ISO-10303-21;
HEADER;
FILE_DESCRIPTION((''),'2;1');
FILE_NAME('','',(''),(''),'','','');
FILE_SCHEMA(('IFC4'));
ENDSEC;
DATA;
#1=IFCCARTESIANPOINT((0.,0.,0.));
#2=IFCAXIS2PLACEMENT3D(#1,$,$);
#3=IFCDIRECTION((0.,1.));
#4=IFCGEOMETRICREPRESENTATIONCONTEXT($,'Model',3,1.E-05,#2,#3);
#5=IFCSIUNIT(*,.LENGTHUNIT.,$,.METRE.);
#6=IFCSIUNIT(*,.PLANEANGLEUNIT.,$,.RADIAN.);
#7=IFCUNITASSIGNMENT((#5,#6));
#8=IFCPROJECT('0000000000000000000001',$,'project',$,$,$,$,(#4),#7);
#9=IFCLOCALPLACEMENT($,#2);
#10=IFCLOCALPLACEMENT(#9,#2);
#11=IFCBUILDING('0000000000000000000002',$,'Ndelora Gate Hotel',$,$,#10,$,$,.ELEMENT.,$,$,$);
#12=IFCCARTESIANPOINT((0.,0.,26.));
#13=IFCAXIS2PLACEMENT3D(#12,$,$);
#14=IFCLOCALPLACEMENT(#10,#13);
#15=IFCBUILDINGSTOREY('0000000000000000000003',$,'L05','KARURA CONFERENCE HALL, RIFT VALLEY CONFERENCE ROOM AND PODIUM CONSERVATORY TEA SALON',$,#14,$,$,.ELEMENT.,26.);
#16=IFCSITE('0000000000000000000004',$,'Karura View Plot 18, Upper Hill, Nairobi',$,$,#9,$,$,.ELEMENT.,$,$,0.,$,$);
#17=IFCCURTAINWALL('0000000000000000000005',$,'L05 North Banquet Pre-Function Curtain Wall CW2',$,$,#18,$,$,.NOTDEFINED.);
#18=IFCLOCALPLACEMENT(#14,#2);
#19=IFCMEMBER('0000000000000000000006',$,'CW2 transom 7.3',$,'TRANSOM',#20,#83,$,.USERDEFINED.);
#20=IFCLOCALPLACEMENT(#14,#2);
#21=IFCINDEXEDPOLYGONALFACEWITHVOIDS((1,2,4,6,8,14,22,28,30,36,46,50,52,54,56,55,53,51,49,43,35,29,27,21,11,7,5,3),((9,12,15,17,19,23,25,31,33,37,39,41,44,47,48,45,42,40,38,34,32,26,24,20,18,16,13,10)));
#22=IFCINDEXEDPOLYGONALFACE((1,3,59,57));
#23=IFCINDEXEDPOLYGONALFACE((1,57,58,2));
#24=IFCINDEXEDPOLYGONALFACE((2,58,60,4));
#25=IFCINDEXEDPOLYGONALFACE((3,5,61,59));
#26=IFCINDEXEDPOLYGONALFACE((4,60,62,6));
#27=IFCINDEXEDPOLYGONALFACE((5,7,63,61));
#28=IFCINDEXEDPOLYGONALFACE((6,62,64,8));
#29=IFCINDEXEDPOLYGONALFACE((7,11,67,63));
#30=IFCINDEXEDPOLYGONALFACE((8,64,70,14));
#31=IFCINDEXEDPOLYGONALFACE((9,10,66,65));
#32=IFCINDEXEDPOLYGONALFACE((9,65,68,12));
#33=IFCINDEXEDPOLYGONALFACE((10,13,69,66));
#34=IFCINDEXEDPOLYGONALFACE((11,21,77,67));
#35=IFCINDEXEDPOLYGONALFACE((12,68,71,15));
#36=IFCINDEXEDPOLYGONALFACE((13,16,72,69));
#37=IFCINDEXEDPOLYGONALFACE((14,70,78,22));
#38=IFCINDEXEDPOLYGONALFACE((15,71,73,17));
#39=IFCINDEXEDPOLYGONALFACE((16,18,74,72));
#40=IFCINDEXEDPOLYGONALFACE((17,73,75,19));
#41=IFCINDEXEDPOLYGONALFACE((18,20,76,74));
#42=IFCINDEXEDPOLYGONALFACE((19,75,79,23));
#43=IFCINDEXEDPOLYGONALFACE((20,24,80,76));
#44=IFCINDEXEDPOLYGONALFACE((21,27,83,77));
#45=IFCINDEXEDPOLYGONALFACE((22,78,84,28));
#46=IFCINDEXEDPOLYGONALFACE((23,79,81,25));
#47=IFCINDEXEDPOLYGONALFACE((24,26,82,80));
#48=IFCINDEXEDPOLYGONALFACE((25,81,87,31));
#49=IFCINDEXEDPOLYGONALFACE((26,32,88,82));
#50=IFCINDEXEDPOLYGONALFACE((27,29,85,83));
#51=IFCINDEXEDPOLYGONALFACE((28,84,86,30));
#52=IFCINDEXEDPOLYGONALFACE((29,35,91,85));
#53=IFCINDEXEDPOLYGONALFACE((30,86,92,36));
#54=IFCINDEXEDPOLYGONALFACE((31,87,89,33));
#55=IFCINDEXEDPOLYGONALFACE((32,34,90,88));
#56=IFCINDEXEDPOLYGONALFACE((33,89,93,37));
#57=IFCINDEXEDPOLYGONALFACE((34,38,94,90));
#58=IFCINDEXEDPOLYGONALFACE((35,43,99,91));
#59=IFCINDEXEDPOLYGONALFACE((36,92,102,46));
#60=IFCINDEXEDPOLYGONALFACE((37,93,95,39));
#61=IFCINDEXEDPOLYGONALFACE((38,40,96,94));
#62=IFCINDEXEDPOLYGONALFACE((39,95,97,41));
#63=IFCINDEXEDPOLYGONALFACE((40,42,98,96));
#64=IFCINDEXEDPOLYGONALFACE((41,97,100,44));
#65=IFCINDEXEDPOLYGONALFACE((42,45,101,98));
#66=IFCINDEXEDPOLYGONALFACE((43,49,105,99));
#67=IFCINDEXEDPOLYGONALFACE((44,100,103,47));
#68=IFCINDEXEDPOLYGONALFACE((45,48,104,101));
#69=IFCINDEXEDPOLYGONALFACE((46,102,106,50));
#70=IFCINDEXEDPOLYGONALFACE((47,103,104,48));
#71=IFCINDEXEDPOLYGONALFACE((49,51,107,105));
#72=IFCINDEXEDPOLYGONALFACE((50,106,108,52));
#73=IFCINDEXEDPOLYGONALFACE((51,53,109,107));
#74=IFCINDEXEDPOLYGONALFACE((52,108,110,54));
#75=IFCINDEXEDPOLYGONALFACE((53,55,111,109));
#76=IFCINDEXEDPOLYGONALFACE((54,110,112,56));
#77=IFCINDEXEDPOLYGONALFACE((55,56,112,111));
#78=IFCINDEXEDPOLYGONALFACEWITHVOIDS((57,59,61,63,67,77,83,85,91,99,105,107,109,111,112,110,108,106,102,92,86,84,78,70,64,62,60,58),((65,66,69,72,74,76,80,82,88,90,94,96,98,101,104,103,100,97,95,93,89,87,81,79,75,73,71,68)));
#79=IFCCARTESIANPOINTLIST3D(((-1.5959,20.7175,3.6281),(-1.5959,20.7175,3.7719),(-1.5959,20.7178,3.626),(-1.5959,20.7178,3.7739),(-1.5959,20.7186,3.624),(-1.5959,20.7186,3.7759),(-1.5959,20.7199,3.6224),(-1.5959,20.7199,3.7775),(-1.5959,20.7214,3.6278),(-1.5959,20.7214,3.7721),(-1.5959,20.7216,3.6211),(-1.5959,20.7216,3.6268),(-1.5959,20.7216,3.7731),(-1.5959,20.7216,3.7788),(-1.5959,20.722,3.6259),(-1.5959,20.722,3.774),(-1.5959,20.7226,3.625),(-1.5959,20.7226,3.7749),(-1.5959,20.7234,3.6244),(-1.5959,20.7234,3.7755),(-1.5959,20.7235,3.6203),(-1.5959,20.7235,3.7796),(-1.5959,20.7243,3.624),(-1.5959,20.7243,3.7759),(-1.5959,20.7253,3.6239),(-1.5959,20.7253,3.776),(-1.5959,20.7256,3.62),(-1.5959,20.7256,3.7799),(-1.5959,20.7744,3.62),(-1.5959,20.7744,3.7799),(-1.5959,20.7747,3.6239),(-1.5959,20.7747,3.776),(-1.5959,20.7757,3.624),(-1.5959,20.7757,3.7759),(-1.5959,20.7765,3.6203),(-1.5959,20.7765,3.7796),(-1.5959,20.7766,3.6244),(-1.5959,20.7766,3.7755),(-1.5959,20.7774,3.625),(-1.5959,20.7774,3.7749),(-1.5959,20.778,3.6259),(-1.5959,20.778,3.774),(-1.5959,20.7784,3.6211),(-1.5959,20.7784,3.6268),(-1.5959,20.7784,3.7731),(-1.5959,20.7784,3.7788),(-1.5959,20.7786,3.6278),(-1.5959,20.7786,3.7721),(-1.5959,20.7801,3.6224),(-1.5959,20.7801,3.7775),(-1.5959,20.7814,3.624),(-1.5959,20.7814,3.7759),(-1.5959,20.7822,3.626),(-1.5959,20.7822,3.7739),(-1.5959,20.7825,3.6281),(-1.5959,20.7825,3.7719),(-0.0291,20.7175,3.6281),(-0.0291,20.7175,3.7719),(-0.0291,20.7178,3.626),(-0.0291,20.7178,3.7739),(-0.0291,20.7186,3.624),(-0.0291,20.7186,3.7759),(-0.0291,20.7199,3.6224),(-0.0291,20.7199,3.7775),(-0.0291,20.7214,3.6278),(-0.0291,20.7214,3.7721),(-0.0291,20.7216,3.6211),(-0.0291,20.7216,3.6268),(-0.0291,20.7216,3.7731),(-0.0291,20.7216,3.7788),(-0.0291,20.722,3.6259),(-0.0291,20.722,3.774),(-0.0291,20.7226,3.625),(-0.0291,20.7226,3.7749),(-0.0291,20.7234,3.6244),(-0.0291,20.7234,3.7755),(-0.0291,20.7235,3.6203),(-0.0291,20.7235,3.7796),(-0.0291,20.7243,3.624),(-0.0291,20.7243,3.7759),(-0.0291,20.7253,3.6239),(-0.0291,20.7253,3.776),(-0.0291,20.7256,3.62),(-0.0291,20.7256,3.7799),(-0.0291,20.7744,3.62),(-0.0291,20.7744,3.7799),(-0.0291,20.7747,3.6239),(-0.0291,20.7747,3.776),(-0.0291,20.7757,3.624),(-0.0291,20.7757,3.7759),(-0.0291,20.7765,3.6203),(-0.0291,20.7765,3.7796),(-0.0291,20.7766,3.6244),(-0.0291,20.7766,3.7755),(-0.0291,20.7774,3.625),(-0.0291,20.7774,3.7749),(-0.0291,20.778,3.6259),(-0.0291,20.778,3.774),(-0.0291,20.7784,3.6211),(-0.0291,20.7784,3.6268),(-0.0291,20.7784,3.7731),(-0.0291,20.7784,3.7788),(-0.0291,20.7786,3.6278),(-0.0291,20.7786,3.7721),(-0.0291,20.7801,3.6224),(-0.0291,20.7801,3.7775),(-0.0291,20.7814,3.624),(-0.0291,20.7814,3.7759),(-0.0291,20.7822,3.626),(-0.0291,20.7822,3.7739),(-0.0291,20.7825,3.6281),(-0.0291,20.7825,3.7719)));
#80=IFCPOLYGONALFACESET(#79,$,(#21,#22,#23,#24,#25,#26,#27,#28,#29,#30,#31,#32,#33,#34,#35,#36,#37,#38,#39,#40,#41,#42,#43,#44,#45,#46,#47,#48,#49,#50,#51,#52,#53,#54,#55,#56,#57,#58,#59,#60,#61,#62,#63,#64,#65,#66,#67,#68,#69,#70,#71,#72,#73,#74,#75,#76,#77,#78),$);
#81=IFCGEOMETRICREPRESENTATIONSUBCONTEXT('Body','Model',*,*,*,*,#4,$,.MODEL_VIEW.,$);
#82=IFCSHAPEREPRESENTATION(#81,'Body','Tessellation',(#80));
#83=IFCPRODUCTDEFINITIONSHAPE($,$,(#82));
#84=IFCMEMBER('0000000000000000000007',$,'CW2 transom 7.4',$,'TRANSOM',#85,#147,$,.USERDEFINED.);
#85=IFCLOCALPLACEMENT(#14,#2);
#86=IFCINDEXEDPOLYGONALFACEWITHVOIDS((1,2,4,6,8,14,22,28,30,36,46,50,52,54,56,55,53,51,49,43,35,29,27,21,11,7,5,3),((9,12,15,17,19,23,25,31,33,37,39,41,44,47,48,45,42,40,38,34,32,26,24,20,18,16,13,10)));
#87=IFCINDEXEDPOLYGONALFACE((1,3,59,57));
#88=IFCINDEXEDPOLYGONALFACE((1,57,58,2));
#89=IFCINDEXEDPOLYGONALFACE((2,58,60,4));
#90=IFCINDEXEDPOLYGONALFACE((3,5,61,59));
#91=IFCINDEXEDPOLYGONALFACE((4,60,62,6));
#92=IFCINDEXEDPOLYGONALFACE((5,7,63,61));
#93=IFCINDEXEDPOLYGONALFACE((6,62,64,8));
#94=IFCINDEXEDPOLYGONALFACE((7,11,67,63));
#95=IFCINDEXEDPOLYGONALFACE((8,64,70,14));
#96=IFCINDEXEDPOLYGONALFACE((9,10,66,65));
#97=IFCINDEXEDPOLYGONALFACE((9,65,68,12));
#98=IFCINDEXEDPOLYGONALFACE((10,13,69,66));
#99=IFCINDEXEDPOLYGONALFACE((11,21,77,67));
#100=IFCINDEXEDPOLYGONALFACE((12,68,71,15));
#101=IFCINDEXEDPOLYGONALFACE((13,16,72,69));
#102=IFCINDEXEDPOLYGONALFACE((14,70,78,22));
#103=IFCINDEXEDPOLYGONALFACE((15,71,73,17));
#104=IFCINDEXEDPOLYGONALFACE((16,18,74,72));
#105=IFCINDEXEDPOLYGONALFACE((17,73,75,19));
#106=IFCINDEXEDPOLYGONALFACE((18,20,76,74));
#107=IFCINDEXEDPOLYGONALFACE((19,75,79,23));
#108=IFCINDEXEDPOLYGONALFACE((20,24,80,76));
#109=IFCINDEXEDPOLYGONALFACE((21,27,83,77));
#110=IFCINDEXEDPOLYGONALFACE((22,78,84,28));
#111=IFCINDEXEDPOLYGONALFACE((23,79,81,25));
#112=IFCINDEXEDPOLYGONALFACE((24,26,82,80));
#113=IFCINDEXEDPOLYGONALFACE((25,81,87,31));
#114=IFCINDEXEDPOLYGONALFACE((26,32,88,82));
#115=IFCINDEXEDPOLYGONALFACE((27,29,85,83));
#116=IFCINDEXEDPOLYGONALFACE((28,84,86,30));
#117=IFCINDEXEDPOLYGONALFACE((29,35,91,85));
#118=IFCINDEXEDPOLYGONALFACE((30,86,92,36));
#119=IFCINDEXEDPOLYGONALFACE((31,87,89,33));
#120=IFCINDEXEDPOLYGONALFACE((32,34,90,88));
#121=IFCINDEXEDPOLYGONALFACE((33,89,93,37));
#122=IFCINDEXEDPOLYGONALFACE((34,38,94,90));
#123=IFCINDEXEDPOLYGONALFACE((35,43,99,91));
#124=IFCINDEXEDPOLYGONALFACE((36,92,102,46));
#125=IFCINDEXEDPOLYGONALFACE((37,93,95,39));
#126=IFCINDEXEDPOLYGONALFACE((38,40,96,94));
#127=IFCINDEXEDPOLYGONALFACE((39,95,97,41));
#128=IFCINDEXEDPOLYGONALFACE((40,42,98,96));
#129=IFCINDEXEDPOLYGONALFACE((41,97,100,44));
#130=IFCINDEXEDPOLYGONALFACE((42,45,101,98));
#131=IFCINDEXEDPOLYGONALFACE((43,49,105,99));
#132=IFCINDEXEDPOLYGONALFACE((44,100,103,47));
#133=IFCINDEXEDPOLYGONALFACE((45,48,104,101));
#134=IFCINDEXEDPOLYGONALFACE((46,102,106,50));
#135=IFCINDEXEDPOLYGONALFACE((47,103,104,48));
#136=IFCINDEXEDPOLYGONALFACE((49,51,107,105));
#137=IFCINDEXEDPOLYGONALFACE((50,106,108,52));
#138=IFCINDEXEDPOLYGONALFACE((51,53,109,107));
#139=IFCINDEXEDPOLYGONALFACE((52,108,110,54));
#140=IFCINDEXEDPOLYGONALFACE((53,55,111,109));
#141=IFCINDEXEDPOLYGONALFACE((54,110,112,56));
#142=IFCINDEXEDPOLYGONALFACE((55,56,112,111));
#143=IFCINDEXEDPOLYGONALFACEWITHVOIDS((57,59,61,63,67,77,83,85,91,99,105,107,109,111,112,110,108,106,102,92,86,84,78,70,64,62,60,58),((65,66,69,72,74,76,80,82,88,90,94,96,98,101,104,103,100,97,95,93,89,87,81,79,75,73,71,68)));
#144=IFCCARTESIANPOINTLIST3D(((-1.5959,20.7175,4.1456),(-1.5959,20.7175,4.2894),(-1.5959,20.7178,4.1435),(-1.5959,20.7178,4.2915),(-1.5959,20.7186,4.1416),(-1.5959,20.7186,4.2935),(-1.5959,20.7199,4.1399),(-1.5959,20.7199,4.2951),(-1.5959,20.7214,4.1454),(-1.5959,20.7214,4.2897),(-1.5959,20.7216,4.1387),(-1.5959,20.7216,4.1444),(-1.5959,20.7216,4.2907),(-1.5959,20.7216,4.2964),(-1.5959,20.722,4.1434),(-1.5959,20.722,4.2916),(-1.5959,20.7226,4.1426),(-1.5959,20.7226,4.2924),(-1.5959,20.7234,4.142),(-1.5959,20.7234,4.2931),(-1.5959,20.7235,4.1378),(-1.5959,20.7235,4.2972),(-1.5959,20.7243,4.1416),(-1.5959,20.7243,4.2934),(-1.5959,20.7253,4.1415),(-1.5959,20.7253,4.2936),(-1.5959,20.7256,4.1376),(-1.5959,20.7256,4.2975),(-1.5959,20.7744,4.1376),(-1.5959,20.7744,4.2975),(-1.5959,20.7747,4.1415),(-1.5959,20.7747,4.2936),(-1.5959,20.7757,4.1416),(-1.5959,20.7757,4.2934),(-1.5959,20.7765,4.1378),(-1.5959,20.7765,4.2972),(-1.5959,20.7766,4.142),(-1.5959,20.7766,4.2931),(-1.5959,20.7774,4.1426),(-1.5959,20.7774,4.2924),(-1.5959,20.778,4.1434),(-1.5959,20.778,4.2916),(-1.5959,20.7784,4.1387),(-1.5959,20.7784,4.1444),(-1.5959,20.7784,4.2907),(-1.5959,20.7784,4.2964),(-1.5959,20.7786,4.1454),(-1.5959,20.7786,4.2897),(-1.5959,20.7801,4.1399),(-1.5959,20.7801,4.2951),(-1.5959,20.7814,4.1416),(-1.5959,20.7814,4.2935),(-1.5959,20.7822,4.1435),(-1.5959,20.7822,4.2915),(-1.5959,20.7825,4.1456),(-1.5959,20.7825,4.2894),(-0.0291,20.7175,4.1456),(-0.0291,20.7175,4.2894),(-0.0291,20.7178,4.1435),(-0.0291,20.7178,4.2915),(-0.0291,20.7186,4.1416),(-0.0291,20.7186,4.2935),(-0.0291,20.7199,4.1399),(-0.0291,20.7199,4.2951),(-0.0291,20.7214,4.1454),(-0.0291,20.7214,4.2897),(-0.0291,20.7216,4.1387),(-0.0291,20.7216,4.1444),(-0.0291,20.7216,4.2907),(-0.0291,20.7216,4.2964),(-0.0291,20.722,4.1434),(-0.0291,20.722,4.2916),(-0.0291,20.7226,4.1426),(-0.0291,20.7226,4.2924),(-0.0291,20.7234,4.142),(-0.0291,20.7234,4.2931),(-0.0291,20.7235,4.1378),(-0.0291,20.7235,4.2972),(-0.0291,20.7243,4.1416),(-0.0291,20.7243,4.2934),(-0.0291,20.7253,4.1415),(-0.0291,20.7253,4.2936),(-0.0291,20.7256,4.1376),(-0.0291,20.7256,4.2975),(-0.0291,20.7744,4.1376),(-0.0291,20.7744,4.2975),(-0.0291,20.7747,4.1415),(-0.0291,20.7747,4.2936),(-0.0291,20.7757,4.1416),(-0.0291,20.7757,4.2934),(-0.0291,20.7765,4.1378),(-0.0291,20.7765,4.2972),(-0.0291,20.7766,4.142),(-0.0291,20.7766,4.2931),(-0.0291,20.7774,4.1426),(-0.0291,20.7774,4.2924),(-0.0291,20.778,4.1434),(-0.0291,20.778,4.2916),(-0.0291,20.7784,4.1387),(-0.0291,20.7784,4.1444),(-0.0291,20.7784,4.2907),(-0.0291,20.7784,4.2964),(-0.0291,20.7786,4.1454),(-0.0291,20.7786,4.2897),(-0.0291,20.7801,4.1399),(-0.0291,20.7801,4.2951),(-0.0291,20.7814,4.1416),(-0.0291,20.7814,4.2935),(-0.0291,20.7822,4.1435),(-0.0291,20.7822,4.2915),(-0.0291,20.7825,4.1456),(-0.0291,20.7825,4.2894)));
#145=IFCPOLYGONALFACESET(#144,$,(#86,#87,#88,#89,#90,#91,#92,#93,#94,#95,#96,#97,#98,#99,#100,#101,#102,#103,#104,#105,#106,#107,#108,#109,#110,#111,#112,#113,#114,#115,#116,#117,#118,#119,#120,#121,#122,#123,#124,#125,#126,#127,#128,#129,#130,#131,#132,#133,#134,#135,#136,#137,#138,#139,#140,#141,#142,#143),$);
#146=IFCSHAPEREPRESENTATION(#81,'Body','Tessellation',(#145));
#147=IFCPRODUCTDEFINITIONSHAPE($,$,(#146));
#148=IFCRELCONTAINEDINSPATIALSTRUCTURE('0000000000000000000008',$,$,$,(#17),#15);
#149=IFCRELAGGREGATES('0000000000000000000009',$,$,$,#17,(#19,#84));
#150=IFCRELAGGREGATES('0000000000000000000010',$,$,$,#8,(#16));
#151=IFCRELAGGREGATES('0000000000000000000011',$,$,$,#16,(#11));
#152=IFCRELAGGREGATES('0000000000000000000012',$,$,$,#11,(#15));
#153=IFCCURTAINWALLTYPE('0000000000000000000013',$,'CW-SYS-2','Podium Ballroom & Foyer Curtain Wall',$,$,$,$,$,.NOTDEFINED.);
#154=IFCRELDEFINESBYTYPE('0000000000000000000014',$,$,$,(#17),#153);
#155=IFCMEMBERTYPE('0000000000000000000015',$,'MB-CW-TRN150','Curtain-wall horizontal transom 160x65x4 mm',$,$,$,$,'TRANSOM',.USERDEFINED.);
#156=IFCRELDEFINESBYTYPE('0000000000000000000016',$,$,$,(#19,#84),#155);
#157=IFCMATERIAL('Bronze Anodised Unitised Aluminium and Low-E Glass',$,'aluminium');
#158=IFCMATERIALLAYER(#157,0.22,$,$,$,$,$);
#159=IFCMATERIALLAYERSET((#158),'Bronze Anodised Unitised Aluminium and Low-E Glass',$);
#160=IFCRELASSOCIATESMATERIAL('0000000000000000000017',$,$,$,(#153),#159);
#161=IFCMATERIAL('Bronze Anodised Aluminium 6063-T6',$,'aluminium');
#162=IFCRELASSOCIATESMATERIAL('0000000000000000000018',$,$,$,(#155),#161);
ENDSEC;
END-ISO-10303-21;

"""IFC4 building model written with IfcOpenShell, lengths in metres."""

from ifc_helpers import new_model, si_unit, direction, frame, origin, origin_2d, place, context, subcontext, project, spatial, hollow_rectangle, extrude, material, layer, layer_set, material_profile, profile_set, type_object, element, aggregate, save


model = new_model("IFC4")

# Units and contexts
model_context = context("Model", 3, precision=1e-05, world=origin(), true_north=direction((0.0, 1.0)))
body_context = subcontext(model_context, "Body", "Model", "MODEL_VIEW")
ifc_project = project(units=[si_unit("LENGTHUNIT", "METRE"), si_unit("PLANEANGLEUNIT", "RADIAN")], contexts=[model_context])

# Site, building, storey
site_placement = place(None, origin())
site = spatial("IfcSite", under=ifc_project, at=site_placement, Name="Karura View Plot 18, Upper Hill, Nairobi", CompositionType="ELEMENT", RefElevation=0.0)
building_placement = place(site_placement, origin())
building = spatial("IfcBuilding", under=site, at=building_placement, Name="Ndelora Gate Hotel", CompositionType="ELEMENT")
storey_placement = place(building_placement, frame((0.0, 0.0, 26.0)))
storey = spatial("IfcBuildingStorey", under=building, at=storey_placement, Name="L05", Description="KARURA CONFERENCE HALL, RIFT VALLEY CONFERENCE ROOM AND PODIUM CONSERVATORY TEA SALON", CompositionType="ELEMENT", Elevation=26.0)

# Curtain wall, members
ifc_material_1 = material(Name="Bronze Anodised Unitised Aluminium and Low-E Glass", Category="aluminium")
ifc_layer_1 = layer(ifc_material_1, 0.22)
ifc_layer_set_1 = layer_set([ifc_layer_1], Name="Bronze Anodised Unitised Aluminium and Low-E Glass")
curtain_wall_type = type_object("IfcCurtainWallType", Name="CW-SYS-2", Description="Podium Ballroom & Foyer Curtain Wall", PredefinedType="NOTDEFINED", material=ifc_layer_set_1)
curtain_wall_placement = place(storey_placement, origin())
curtain_wall = element("IfcCurtainWall", 1, at=curtain_wall_placement, inside=storey, type_object=curtain_wall_type, Name="L05 North Banquet Pre-Function Curtain Wall CW2", PredefinedType="NOTDEFINED")
ifc_material_2 = material(Name="Bronze Anodised Aluminium 6063-T6", Category="aluminium")
ifc_material_profile_1 = material_profile(ifc_material_2, hollow_rectangle(XDim=0.0649, YDim=0.1599, WallThickness=0.0039, InnerFilletRadius=0.0039, OuterFilletRadius=0.0081, at=origin_2d()), Name="ALU 160x65x4")
ifc_profile_set_1 = profile_set([ifc_material_profile_1], Name="Bronze Anodised Aluminium 6063-T6")
member_type_1 = type_object("IfcMemberType", Name="MB-CW-TRN150", Description="Curtain-wall horizontal transom 160x65x4 mm", ElementType="TRANSOM", PredefinedType="USERDEFINED", material=ifc_profile_set_1)
member_1_placement = place(storey_placement, frame((-0.0291, 20.75, 3.7), z_axis=(-1.0, 0.0, 0.0), x_axis=(0.0, -1.0, 0.0)))
member_1 = element("IfcMember", 2, at=member_1_placement, type_object=member_type_1, Name="CW2 transom 7.3", ObjectType="TRANSOM", PredefinedType="USERDEFINED", context=body_context, shape_type="SweptSolid", body=[
    extrude(hollow_rectangle(XDim=0.0649, YDim=0.1599, WallThickness=0.0039, InnerFilletRadius=0.0039, OuterFilletRadius=0.0081, at=origin_2d()), origin(), (0.0, 0.0, 1.0), 1.5669),
])
member_2_placement = place(storey_placement, frame((-0.0291, 20.75, 4.2175), z_axis=(-1.0, 0.0, 0.0), x_axis=(0.0, -1.0, 0.0)))
member_2 = element("IfcMember", 3, at=member_2_placement, type_object=member_type_1, Name="CW2 transom 7.4", ObjectType="TRANSOM", PredefinedType="USERDEFINED", context=body_context, shape_type="SweptSolid", body=[
    extrude(hollow_rectangle(XDim=0.0649, YDim=0.1599, WallThickness=0.0039, InnerFilletRadius=0.0039, OuterFilletRadius=0.0081, at=origin_2d()), origin(), (0.0, 0.0, 1.0), 1.5669),
])
aggregate(curtain_wall, [member_1, member_2])

save(model, "model.ifc")
